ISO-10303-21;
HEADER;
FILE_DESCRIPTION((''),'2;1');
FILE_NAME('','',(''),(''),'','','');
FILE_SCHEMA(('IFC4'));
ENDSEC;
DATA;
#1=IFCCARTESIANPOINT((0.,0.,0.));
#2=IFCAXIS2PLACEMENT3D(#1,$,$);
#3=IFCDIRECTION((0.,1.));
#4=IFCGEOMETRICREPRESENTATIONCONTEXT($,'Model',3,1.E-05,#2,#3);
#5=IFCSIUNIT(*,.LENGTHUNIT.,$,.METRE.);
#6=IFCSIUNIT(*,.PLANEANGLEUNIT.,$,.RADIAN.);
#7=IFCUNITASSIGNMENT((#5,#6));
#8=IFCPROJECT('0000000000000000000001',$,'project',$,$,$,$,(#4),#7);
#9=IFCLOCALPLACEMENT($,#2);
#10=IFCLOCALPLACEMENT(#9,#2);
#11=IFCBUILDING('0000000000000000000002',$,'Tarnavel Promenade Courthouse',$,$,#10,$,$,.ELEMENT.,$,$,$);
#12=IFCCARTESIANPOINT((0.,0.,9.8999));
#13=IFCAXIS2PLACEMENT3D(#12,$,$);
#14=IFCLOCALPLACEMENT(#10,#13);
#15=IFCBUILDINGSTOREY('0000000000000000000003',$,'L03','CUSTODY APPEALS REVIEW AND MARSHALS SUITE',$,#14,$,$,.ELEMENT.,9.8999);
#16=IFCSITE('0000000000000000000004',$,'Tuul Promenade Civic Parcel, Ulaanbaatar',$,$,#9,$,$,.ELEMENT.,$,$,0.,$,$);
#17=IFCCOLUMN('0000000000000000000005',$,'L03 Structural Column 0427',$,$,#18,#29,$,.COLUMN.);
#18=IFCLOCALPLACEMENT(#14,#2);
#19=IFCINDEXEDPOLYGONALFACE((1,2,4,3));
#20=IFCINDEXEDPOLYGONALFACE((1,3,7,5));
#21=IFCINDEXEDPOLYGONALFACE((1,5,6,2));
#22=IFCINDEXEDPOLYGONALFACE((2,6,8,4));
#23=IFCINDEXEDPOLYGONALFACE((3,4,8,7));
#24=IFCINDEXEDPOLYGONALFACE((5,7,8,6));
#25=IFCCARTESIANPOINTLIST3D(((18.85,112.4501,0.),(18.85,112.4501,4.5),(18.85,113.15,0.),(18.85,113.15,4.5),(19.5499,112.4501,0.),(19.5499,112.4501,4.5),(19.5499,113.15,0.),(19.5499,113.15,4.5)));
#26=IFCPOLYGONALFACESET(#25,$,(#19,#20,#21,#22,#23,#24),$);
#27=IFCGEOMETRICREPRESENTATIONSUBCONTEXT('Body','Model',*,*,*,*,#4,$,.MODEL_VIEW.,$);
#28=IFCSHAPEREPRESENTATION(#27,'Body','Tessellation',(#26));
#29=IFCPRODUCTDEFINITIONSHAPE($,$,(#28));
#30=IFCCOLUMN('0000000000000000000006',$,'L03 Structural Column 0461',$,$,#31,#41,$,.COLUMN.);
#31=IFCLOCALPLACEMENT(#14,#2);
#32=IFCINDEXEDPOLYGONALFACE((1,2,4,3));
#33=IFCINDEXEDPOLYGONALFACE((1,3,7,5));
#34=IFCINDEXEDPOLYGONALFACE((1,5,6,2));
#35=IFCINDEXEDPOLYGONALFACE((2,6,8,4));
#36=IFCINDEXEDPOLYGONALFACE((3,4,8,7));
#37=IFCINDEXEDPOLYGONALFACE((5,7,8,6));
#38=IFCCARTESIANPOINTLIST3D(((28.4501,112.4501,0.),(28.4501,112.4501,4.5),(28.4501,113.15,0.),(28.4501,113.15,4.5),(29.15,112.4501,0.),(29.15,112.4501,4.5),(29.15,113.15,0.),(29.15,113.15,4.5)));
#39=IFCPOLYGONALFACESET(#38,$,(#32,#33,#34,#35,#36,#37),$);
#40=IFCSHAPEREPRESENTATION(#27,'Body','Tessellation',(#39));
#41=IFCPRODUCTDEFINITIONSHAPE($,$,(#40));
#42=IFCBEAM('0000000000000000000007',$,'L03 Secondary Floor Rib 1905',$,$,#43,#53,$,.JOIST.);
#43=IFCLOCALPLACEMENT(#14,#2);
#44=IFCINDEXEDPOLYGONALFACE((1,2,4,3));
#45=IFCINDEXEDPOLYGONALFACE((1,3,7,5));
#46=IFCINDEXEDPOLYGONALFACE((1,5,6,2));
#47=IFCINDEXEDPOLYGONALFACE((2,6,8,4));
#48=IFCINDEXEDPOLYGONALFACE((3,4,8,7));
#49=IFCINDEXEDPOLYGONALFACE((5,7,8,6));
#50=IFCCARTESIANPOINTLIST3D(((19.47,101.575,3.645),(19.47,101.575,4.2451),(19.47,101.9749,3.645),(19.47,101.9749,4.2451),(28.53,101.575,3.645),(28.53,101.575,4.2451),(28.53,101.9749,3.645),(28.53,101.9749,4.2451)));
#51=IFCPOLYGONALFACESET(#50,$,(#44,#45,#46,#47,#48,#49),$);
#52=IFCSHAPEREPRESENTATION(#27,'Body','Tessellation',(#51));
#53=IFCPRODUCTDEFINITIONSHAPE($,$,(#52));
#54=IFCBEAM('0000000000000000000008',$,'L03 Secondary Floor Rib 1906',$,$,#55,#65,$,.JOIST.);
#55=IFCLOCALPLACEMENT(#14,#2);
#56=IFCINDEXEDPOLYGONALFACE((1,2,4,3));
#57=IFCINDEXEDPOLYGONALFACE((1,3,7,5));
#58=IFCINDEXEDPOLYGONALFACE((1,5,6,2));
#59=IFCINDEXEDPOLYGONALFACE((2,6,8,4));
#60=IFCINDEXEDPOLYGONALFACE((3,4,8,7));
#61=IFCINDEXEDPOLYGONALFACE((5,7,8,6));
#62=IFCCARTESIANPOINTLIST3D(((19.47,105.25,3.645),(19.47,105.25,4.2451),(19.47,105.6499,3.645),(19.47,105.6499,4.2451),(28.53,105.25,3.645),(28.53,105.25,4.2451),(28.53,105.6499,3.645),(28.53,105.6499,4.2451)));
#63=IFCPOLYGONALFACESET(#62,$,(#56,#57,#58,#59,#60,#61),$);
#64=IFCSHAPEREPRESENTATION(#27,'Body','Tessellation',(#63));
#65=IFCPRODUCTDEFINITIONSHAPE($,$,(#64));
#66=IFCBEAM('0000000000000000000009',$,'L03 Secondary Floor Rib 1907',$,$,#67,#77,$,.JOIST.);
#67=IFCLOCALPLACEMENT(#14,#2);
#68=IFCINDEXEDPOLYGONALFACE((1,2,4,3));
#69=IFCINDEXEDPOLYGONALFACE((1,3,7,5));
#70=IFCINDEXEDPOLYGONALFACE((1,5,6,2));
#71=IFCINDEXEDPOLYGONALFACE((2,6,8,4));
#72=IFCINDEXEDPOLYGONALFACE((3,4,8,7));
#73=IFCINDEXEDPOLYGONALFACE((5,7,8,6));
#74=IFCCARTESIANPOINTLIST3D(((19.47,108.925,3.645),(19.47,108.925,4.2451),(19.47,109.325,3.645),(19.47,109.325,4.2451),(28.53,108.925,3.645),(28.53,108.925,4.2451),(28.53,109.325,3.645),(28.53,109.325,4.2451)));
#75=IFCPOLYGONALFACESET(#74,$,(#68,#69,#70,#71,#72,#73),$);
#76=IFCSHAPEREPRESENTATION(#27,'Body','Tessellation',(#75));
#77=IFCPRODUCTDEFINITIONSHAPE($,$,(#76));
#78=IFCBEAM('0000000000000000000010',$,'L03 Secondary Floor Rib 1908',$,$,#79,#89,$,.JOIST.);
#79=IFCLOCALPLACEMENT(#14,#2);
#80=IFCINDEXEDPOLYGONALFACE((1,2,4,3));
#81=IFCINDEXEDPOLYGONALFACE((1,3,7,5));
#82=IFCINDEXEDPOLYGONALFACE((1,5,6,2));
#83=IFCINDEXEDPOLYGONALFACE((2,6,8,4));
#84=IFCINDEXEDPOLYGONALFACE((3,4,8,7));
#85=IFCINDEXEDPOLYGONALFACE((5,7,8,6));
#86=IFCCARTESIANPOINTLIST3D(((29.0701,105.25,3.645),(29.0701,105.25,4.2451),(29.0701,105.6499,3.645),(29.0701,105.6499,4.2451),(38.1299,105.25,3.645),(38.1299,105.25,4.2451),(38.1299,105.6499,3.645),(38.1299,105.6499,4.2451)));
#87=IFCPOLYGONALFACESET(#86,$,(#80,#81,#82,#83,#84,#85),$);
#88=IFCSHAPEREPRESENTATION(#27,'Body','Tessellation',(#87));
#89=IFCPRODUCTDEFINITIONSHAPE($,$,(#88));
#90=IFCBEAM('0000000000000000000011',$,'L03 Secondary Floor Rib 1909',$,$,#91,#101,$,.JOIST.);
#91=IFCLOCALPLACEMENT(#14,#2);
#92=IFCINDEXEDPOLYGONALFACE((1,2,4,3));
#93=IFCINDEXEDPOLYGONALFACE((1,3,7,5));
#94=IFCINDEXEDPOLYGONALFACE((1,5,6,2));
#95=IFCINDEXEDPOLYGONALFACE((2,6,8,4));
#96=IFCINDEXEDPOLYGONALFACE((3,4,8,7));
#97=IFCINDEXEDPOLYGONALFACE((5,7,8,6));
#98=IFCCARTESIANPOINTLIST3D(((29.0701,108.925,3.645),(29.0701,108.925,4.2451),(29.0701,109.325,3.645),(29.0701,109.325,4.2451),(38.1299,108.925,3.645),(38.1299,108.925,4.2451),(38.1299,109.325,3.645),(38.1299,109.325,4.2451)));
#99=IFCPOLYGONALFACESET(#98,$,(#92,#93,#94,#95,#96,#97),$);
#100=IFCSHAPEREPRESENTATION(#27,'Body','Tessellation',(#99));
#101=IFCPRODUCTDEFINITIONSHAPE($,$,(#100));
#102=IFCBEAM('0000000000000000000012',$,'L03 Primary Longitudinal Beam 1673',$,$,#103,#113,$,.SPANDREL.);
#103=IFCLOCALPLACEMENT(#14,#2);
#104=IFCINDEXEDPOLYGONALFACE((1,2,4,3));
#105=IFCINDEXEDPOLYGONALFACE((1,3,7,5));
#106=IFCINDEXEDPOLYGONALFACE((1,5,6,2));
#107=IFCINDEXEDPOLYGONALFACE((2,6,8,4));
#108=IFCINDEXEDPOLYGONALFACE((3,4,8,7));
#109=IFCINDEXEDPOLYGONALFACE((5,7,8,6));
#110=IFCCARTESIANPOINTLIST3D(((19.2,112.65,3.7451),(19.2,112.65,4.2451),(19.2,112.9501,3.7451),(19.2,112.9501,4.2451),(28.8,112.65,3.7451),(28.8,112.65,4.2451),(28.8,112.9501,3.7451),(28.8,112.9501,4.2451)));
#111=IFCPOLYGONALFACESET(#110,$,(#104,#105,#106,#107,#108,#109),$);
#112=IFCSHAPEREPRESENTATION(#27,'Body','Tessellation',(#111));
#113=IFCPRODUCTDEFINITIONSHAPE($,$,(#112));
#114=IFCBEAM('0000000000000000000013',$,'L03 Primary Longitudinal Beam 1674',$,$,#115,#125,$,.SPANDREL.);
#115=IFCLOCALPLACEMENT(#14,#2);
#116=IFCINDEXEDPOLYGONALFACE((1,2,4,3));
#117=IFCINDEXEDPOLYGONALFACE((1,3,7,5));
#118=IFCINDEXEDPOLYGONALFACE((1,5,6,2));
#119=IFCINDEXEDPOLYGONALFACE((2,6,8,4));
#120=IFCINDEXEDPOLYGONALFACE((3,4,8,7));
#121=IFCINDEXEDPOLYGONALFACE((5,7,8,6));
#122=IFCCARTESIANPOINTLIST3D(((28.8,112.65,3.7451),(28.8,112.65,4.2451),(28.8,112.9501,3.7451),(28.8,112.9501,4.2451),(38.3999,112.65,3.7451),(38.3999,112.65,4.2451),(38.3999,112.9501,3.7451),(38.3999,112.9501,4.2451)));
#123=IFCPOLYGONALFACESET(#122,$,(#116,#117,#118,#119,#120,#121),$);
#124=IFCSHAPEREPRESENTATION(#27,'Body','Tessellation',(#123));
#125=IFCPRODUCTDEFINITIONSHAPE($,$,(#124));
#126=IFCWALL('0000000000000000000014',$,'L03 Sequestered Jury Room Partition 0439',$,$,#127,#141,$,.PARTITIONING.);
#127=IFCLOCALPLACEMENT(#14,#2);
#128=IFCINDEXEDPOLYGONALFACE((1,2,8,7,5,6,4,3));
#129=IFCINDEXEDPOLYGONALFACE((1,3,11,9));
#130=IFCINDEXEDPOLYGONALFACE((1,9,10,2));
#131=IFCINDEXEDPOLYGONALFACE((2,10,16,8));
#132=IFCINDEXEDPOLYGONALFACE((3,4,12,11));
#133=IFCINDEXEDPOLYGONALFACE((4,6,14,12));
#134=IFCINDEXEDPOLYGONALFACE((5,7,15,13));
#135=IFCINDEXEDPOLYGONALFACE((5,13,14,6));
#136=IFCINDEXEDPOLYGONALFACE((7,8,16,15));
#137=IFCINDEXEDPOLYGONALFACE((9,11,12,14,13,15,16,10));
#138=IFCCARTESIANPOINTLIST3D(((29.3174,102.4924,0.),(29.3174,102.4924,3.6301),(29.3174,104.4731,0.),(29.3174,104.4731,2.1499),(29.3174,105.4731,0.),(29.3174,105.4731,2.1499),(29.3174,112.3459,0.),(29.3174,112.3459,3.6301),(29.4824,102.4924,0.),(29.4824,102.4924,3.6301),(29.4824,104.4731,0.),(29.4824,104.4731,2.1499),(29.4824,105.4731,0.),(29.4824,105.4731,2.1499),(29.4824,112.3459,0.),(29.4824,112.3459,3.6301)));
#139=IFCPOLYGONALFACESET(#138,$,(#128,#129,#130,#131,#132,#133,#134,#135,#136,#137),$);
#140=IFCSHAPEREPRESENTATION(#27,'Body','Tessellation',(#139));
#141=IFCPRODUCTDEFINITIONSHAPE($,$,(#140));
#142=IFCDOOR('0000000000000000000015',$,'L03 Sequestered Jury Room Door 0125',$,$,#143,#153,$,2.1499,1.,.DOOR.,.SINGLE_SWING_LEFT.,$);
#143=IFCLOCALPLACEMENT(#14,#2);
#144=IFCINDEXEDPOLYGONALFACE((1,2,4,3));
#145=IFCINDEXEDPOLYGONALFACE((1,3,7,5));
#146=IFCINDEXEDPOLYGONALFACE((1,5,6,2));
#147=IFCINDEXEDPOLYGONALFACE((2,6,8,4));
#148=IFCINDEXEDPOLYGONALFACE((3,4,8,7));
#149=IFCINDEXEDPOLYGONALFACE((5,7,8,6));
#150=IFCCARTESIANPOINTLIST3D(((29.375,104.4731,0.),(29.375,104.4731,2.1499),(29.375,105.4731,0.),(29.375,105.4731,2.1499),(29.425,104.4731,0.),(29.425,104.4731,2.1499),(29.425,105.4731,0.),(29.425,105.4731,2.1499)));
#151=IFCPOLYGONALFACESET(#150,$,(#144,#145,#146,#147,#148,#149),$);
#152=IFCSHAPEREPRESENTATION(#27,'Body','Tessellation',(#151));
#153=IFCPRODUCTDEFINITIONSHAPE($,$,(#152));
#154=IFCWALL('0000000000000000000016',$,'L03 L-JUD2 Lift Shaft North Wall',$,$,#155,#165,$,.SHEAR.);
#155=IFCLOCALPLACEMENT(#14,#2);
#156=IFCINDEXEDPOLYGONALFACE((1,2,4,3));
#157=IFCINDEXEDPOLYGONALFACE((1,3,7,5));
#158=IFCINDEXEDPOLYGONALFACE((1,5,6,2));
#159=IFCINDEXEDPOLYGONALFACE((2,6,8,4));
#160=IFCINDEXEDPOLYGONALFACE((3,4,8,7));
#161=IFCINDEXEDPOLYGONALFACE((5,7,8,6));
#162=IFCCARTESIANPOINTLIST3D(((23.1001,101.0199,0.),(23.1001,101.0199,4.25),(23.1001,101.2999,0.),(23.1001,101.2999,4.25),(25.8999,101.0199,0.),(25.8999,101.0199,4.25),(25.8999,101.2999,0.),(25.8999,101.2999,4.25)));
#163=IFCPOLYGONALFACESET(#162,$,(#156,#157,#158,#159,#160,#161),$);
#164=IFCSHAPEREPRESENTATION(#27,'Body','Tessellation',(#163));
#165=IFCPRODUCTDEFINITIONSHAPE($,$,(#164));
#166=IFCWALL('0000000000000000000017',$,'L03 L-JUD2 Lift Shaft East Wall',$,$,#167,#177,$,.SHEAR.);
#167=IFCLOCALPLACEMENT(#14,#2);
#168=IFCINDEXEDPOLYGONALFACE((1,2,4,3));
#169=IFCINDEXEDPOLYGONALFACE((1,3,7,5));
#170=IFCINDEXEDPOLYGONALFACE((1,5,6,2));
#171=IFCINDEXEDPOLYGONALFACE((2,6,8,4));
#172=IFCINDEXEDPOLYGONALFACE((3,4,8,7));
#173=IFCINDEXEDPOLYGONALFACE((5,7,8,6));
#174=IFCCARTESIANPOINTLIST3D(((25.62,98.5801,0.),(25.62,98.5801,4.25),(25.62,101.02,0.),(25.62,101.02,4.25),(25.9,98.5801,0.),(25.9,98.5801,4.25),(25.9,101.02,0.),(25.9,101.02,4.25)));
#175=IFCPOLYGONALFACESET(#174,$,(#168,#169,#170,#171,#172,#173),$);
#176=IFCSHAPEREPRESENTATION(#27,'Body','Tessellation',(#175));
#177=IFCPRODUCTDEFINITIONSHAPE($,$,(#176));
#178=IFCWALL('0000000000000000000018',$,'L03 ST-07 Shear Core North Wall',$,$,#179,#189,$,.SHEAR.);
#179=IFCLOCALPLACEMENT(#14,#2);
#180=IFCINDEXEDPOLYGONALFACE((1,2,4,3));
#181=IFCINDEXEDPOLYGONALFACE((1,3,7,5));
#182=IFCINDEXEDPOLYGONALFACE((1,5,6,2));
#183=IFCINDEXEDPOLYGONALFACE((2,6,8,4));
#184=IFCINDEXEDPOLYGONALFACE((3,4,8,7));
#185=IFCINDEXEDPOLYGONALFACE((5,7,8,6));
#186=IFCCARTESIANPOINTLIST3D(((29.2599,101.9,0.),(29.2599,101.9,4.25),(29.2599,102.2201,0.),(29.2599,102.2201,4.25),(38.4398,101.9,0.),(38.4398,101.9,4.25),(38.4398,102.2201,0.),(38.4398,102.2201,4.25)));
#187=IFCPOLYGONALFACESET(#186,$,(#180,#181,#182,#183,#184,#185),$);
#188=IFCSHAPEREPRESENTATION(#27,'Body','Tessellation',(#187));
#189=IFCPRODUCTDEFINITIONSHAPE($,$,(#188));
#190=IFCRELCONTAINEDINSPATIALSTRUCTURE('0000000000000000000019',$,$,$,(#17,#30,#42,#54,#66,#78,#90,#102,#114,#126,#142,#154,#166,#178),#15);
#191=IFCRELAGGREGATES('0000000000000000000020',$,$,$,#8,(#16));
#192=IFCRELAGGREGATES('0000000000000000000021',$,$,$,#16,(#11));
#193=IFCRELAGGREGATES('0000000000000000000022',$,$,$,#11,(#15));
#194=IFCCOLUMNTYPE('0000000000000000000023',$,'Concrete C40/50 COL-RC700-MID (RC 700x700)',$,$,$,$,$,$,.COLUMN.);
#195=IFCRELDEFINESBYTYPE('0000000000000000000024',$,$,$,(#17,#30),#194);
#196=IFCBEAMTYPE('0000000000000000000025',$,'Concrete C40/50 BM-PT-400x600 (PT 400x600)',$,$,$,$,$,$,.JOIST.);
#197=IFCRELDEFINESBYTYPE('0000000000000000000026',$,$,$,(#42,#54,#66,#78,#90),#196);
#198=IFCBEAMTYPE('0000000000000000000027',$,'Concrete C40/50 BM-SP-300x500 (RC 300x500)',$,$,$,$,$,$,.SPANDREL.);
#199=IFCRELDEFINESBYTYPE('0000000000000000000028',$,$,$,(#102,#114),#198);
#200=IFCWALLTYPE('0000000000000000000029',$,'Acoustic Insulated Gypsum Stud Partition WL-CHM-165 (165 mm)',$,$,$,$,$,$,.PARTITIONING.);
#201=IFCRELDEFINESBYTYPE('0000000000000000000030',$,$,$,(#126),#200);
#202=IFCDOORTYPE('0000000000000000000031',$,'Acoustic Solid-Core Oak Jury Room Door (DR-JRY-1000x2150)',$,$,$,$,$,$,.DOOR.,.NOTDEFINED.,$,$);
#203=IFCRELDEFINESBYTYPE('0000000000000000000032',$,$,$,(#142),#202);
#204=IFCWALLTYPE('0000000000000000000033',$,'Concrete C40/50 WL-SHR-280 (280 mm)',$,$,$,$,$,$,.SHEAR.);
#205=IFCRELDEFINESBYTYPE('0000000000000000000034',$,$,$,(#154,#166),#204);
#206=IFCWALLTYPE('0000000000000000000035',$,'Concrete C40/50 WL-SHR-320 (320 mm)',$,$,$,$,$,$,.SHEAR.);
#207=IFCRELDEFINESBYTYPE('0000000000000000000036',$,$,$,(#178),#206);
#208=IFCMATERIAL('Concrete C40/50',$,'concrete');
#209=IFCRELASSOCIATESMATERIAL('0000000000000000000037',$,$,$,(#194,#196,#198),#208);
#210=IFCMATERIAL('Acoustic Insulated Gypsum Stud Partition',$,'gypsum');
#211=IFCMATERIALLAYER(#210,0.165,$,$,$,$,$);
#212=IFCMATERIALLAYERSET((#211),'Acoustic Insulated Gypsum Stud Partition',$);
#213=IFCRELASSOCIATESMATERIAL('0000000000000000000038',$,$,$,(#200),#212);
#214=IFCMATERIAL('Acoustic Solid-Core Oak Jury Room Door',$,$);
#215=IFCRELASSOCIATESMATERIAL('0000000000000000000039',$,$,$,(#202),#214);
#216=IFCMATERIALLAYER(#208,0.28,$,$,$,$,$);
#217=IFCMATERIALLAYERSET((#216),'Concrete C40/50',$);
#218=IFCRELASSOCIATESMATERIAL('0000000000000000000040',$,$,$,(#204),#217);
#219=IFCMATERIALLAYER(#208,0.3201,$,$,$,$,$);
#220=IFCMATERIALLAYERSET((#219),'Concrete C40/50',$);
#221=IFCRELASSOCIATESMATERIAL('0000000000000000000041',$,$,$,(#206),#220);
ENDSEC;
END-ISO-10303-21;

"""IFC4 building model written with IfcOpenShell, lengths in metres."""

from ifc_helpers import new_model, si_unit, direction, frame, frame_2d, origin, origin_2d, place, context, subcontext, project, spatial, rectangle, extrude, material, layer, layer_set, material_profile, profile_set, type_object, element, fill, save


model = new_model("IFC4")

# Units and contexts
model_context = context("Model", 3, precision=1e-05, world=origin(), true_north=direction((0.0, 1.0)))
body_context = subcontext(model_context, "Body", "Model", "MODEL_VIEW")
ifc_project = project(units=[si_unit("LENGTHUNIT", "METRE"), si_unit("PLANEANGLEUNIT", "RADIAN")], contexts=[model_context])

# Site, building, storey
site_placement = place(None, origin())
site = spatial("IfcSite", under=ifc_project, at=site_placement, Name="Tuul Promenade Civic Parcel, Ulaanbaatar", CompositionType="ELEMENT", RefElevation=0.0)
building_placement = place(site_placement, origin())
building = spatial("IfcBuilding", under=site, at=building_placement, Name="Tarnavel Promenade Courthouse", CompositionType="ELEMENT")
storey_placement = place(building_placement, frame((0.0, 0.0, 9.8999)))
storey = spatial("IfcBuildingStorey", under=building, at=storey_placement, Name="L03", Description="CUSTODY APPEALS REVIEW AND MARSHALS SUITE", CompositionType="ELEMENT", Elevation=9.8999)

# Columns
ifc_material_1 = material(Name="Concrete C40/50", Category="concrete")
ifc_material_profile_1 = material_profile(ifc_material_1, rectangle(XDim=0.7, YDim=0.7, at=origin_2d()), Name="RC 700x700")
ifc_profile_set_1 = profile_set([ifc_material_profile_1], Name="Concrete C40/50")
column_type = type_object("IfcColumnType", Name="Concrete C40/50 COL-RC700-MID (RC 700x700)", PredefinedType="COLUMN", material=ifc_profile_set_1)
for number, where, z_axis, x_axis, name in (
    (1, (19.2, 112.8, 0.0), (0.0, 0.0, 1.0), (1.0, 0.0, 0.0), "L03 Structural Column 0427"),
    (2, (28.8, 112.8, 0.0), (0.0, 0.0, 1.0), (1.0, 0.0, 0.0), "L03 Structural Column 0461"),
):
    element("IfcColumn", number, at=place(storey_placement, frame(where, z_axis=z_axis, x_axis=x_axis)), inside=storey, type_object=column_type, Name=name, PredefinedType="COLUMN", context=body_context, shape_type="SweptSolid", body=[
        extrude(rectangle(XDim=0.7, YDim=0.7, at=origin_2d()), origin(), (0.0, 0.0, 1.0), 4.5),
    ])

# Beams
ifc_material_profile_2 = material_profile(ifc_material_1, rectangle(XDim=0.3999, YDim=0.6001, at=origin_2d()), Name="PT 400x600")
ifc_profile_set_2 = profile_set([ifc_material_profile_2], Name="Concrete C40/50")
beam_type_1 = type_object("IfcBeamType", Name="Concrete C40/50 BM-PT-400x600 (PT 400x600)", PredefinedType="JOIST", material=ifc_profile_set_2)
for number, where, z_axis, x_axis, name in (
    (3, (19.47, 101.7749, 3.9451), (1.0, 0.0, 0.0), (0.0, 1.0, 0.0), "L03 Secondary Floor Rib 1905"),
    (4, (19.47, 105.45, 3.9451), (1.0, 0.0, 0.0), (0.0, 1.0, 0.0), "L03 Secondary Floor Rib 1906"),
    (5, (19.47, 109.125, 3.9451), (1.0, 0.0, 0.0), (0.0, 1.0, 0.0), "L03 Secondary Floor Rib 1907"),
):
    element("IfcBeam", number, at=place(storey_placement, frame(where, z_axis=z_axis, x_axis=x_axis)), inside=storey, type_object=beam_type_1, Name=name, PredefinedType="JOIST", context=body_context, shape_type="SweptSolid", body=[
        extrude(rectangle(XDim=0.3999, YDim=0.6001, at=origin_2d()), origin(), (0.0, 0.0, 1.0), 9.0601),
    ])
for number, where, z_axis, x_axis, name in (
    (6, (29.0701, 105.45, 3.9451), (1.0, 0.0, 0.0), (0.0, 1.0, 0.0), "L03 Secondary Floor Rib 1908"),
    (7, (29.0701, 109.125, 3.9451), (1.0, 0.0, 0.0), (0.0, 1.0, 0.0), "L03 Secondary Floor Rib 1909"),
):
    element("IfcBeam", number, at=place(storey_placement, frame(where, z_axis=z_axis, x_axis=x_axis)), inside=storey, type_object=beam_type_1, Name=name, PredefinedType="JOIST", context=body_context, shape_type="SweptSolid", body=[
        extrude(rectangle(XDim=0.3999, YDim=0.6001, at=origin_2d()), origin(), (0.0, 0.0, 1.0), 9.0598),
    ])
ifc_material_profile_3 = material_profile(ifc_material_1, rectangle(XDim=0.3, YDim=0.5, at=origin_2d()), Name="RC 300x500")
ifc_profile_set_3 = profile_set([ifc_material_profile_3], Name="Concrete C40/50")
beam_type_2 = type_object("IfcBeamType", Name="Concrete C40/50 BM-SP-300x500 (RC 300x500)", PredefinedType="SPANDREL", material=ifc_profile_set_3)
beam_1_placement = place(storey_placement, frame((19.2, 112.8, 3.9951), z_axis=(1.0, 0.0, 0.0), x_axis=(0.0, 1.0, 0.0)))
element("IfcBeam", 8, at=beam_1_placement, inside=storey, type_object=beam_type_2, Name="L03 Primary Longitudinal Beam 1673", PredefinedType="SPANDREL", context=body_context, shape_type="SweptSolid", body=[
    extrude(rectangle(XDim=0.3, YDim=0.5, at=origin_2d()), origin(), (0.0, 0.0, 1.0), 9.6001),
])
beam_2_placement = place(storey_placement, frame((28.8, 112.8, 3.9951), z_axis=(1.0, 0.0, 0.0), x_axis=(0.0, 1.0, 0.0)))
element("IfcBeam", 9, at=beam_2_placement, inside=storey, type_object=beam_type_2, Name="L03 Primary Longitudinal Beam 1674", PredefinedType="SPANDREL", context=body_context, shape_type="SweptSolid", body=[
    extrude(rectangle(XDim=0.3, YDim=0.5, at=origin_2d()), origin(), (0.0, 0.0, 1.0), 9.5999),
])

# Wall, opening, door
ifc_material_2 = material(Name="Acoustic Insulated Gypsum Stud Partition", Category="gypsum")
ifc_layer_1 = layer(ifc_material_2, 0.165)
ifc_layer_set_1 = layer_set([ifc_layer_1], Name="Acoustic Insulated Gypsum Stud Partition")
wall_type_1 = type_object("IfcWallType", Name="Acoustic Insulated Gypsum Stud Partition WL-CHM-165 (165 mm)", PredefinedType="PARTITIONING", material=ifc_layer_set_1)
wall_1_placement = place(storey_placement, frame((29.3999, 102.4924, 0.0), z_axis=(0.0, 0.0, 1.0), x_axis=(0.0, 1.0, 0.0)))
wall_1 = element("IfcWall", 10, at=wall_1_placement, inside=storey, type_object=wall_type_1, Name="L03 Sequestered Jury Room Partition 0439", PredefinedType="PARTITIONING", context=body_context, shape_type="SweptSolid", body=[
    extrude(rectangle(XDim=9.8535, YDim=0.165, at=frame_2d((4.9268, 0.0))), origin(), (0.0, 0.0, 1.0), 3.6301),
])
opening_1_placement = place(wall_1_placement, frame((1.9807, 0.0, 0.0)))
opening_1 = element("IfcOpeningElement", 11, at=opening_1_placement, cuts=wall_1, PredefinedType="OPENING", context=body_context, shape_type="SweptSolid", body=[
    extrude(rectangle(XDim=1.0, YDim=2.1499, at=frame_2d((0.5, 1.075))), frame((0.0, 0.0925, 0.0), z_axis=(0.0, -1.0, 0.0), x_axis=(1.0, 0.0, 0.0)), (0.0, 0.0, 1.0), 0.1851),
])
ifc_material_3 = material(Name="Acoustic Solid-Core Oak Jury Room Door")
door_type = type_object("IfcDoorType", Name="Acoustic Solid-Core Oak Jury Room Door (DR-JRY-1000x2150)", OperationType="NOTDEFINED", PredefinedType="DOOR", material=ifc_material_3)
door_placement = place(opening_1_placement, origin())
door = element("IfcDoor", 12, at=door_placement, inside=storey, type_object=door_type, Name="L03 Sequestered Jury Room Door 0125", OperationType="SINGLE_SWING_LEFT", OverallHeight=2.1499, OverallWidth=1.0, PredefinedType="DOOR", context=body_context, shape_type="SweptSolid", body=[
    extrude(rectangle(XDim=1.0, YDim=2.1499, at=frame_2d((0.5, 1.075))), frame((0.0, 0.0249, 0.0), z_axis=(0.0, -1.0, 0.0), x_axis=(1.0, 0.0, 0.0)), (0.0, 0.0, 1.0), 0.05),
])
fill(opening_1, door)

# Walls
ifc_layer_2 = layer(ifc_material_1, 0.28)
ifc_layer_set_2 = layer_set([ifc_layer_2], Name="Concrete C40/50")
wall_type_2 = type_object("IfcWallType", Name="Concrete C40/50 WL-SHR-280 (280 mm)", PredefinedType="SHEAR", material=ifc_layer_set_2)
wall_2_placement = place(storey_placement, frame((23.1001, 101.1599, 0.0), z_axis=(0.0, 0.0, 1.0), x_axis=(1.0, 0.0, 0.0)))
element("IfcWall", 13, at=wall_2_placement, inside=storey, type_object=wall_type_2, Name="L03 L-JUD2 Lift Shaft North Wall", PredefinedType="SHEAR", context=body_context, shape_type="SweptSolid", body=[
    extrude(rectangle(XDim=2.7998, YDim=0.28, at=frame_2d((1.3999, 0.0))), origin(), (0.0, 0.0, 1.0), 4.25),
])
wall_3_placement = place(storey_placement, frame((25.76, 101.02, 0.0), z_axis=(0.0, 0.0, 1.0), x_axis=(0.0, -1.0, 0.0)))
element("IfcWall", 14, at=wall_3_placement, inside=storey, type_object=wall_type_2, Name="L03 L-JUD2 Lift Shaft East Wall", PredefinedType="SHEAR", context=body_context, shape_type="SweptSolid", body=[
    extrude(rectangle(XDim=2.4399, YDim=0.28, at=frame_2d((1.22, 0.0))), origin(), (0.0, 0.0, 1.0), 4.25),
])
ifc_layer_3 = layer(ifc_material_1, 0.3201)
ifc_layer_set_3 = layer_set([ifc_layer_3], Name="Concrete C40/50")
wall_type_3 = type_object("IfcWallType", Name="Concrete C40/50 WL-SHR-320 (320 mm)", PredefinedType="SHEAR", material=ifc_layer_set_3)
wall_4_placement = place(storey_placement, frame((29.26, 102.0601, 0.0), z_axis=(0.0, 0.0, 1.0), x_axis=(1.0, 0.0, 0.0)))
element("IfcWall", 15, at=wall_4_placement, inside=storey, type_object=wall_type_3, Name="L03 ST-07 Shear Core North Wall", PredefinedType="SHEAR", context=body_context, shape_type="SweptSolid", body=[
    extrude(rectangle(XDim=9.1799, YDim=0.3201, at=frame_2d((4.5898, 0.0))), origin(), (0.0, 0.0, 1.0), 4.25),
])

save(model, "model.ifc")
